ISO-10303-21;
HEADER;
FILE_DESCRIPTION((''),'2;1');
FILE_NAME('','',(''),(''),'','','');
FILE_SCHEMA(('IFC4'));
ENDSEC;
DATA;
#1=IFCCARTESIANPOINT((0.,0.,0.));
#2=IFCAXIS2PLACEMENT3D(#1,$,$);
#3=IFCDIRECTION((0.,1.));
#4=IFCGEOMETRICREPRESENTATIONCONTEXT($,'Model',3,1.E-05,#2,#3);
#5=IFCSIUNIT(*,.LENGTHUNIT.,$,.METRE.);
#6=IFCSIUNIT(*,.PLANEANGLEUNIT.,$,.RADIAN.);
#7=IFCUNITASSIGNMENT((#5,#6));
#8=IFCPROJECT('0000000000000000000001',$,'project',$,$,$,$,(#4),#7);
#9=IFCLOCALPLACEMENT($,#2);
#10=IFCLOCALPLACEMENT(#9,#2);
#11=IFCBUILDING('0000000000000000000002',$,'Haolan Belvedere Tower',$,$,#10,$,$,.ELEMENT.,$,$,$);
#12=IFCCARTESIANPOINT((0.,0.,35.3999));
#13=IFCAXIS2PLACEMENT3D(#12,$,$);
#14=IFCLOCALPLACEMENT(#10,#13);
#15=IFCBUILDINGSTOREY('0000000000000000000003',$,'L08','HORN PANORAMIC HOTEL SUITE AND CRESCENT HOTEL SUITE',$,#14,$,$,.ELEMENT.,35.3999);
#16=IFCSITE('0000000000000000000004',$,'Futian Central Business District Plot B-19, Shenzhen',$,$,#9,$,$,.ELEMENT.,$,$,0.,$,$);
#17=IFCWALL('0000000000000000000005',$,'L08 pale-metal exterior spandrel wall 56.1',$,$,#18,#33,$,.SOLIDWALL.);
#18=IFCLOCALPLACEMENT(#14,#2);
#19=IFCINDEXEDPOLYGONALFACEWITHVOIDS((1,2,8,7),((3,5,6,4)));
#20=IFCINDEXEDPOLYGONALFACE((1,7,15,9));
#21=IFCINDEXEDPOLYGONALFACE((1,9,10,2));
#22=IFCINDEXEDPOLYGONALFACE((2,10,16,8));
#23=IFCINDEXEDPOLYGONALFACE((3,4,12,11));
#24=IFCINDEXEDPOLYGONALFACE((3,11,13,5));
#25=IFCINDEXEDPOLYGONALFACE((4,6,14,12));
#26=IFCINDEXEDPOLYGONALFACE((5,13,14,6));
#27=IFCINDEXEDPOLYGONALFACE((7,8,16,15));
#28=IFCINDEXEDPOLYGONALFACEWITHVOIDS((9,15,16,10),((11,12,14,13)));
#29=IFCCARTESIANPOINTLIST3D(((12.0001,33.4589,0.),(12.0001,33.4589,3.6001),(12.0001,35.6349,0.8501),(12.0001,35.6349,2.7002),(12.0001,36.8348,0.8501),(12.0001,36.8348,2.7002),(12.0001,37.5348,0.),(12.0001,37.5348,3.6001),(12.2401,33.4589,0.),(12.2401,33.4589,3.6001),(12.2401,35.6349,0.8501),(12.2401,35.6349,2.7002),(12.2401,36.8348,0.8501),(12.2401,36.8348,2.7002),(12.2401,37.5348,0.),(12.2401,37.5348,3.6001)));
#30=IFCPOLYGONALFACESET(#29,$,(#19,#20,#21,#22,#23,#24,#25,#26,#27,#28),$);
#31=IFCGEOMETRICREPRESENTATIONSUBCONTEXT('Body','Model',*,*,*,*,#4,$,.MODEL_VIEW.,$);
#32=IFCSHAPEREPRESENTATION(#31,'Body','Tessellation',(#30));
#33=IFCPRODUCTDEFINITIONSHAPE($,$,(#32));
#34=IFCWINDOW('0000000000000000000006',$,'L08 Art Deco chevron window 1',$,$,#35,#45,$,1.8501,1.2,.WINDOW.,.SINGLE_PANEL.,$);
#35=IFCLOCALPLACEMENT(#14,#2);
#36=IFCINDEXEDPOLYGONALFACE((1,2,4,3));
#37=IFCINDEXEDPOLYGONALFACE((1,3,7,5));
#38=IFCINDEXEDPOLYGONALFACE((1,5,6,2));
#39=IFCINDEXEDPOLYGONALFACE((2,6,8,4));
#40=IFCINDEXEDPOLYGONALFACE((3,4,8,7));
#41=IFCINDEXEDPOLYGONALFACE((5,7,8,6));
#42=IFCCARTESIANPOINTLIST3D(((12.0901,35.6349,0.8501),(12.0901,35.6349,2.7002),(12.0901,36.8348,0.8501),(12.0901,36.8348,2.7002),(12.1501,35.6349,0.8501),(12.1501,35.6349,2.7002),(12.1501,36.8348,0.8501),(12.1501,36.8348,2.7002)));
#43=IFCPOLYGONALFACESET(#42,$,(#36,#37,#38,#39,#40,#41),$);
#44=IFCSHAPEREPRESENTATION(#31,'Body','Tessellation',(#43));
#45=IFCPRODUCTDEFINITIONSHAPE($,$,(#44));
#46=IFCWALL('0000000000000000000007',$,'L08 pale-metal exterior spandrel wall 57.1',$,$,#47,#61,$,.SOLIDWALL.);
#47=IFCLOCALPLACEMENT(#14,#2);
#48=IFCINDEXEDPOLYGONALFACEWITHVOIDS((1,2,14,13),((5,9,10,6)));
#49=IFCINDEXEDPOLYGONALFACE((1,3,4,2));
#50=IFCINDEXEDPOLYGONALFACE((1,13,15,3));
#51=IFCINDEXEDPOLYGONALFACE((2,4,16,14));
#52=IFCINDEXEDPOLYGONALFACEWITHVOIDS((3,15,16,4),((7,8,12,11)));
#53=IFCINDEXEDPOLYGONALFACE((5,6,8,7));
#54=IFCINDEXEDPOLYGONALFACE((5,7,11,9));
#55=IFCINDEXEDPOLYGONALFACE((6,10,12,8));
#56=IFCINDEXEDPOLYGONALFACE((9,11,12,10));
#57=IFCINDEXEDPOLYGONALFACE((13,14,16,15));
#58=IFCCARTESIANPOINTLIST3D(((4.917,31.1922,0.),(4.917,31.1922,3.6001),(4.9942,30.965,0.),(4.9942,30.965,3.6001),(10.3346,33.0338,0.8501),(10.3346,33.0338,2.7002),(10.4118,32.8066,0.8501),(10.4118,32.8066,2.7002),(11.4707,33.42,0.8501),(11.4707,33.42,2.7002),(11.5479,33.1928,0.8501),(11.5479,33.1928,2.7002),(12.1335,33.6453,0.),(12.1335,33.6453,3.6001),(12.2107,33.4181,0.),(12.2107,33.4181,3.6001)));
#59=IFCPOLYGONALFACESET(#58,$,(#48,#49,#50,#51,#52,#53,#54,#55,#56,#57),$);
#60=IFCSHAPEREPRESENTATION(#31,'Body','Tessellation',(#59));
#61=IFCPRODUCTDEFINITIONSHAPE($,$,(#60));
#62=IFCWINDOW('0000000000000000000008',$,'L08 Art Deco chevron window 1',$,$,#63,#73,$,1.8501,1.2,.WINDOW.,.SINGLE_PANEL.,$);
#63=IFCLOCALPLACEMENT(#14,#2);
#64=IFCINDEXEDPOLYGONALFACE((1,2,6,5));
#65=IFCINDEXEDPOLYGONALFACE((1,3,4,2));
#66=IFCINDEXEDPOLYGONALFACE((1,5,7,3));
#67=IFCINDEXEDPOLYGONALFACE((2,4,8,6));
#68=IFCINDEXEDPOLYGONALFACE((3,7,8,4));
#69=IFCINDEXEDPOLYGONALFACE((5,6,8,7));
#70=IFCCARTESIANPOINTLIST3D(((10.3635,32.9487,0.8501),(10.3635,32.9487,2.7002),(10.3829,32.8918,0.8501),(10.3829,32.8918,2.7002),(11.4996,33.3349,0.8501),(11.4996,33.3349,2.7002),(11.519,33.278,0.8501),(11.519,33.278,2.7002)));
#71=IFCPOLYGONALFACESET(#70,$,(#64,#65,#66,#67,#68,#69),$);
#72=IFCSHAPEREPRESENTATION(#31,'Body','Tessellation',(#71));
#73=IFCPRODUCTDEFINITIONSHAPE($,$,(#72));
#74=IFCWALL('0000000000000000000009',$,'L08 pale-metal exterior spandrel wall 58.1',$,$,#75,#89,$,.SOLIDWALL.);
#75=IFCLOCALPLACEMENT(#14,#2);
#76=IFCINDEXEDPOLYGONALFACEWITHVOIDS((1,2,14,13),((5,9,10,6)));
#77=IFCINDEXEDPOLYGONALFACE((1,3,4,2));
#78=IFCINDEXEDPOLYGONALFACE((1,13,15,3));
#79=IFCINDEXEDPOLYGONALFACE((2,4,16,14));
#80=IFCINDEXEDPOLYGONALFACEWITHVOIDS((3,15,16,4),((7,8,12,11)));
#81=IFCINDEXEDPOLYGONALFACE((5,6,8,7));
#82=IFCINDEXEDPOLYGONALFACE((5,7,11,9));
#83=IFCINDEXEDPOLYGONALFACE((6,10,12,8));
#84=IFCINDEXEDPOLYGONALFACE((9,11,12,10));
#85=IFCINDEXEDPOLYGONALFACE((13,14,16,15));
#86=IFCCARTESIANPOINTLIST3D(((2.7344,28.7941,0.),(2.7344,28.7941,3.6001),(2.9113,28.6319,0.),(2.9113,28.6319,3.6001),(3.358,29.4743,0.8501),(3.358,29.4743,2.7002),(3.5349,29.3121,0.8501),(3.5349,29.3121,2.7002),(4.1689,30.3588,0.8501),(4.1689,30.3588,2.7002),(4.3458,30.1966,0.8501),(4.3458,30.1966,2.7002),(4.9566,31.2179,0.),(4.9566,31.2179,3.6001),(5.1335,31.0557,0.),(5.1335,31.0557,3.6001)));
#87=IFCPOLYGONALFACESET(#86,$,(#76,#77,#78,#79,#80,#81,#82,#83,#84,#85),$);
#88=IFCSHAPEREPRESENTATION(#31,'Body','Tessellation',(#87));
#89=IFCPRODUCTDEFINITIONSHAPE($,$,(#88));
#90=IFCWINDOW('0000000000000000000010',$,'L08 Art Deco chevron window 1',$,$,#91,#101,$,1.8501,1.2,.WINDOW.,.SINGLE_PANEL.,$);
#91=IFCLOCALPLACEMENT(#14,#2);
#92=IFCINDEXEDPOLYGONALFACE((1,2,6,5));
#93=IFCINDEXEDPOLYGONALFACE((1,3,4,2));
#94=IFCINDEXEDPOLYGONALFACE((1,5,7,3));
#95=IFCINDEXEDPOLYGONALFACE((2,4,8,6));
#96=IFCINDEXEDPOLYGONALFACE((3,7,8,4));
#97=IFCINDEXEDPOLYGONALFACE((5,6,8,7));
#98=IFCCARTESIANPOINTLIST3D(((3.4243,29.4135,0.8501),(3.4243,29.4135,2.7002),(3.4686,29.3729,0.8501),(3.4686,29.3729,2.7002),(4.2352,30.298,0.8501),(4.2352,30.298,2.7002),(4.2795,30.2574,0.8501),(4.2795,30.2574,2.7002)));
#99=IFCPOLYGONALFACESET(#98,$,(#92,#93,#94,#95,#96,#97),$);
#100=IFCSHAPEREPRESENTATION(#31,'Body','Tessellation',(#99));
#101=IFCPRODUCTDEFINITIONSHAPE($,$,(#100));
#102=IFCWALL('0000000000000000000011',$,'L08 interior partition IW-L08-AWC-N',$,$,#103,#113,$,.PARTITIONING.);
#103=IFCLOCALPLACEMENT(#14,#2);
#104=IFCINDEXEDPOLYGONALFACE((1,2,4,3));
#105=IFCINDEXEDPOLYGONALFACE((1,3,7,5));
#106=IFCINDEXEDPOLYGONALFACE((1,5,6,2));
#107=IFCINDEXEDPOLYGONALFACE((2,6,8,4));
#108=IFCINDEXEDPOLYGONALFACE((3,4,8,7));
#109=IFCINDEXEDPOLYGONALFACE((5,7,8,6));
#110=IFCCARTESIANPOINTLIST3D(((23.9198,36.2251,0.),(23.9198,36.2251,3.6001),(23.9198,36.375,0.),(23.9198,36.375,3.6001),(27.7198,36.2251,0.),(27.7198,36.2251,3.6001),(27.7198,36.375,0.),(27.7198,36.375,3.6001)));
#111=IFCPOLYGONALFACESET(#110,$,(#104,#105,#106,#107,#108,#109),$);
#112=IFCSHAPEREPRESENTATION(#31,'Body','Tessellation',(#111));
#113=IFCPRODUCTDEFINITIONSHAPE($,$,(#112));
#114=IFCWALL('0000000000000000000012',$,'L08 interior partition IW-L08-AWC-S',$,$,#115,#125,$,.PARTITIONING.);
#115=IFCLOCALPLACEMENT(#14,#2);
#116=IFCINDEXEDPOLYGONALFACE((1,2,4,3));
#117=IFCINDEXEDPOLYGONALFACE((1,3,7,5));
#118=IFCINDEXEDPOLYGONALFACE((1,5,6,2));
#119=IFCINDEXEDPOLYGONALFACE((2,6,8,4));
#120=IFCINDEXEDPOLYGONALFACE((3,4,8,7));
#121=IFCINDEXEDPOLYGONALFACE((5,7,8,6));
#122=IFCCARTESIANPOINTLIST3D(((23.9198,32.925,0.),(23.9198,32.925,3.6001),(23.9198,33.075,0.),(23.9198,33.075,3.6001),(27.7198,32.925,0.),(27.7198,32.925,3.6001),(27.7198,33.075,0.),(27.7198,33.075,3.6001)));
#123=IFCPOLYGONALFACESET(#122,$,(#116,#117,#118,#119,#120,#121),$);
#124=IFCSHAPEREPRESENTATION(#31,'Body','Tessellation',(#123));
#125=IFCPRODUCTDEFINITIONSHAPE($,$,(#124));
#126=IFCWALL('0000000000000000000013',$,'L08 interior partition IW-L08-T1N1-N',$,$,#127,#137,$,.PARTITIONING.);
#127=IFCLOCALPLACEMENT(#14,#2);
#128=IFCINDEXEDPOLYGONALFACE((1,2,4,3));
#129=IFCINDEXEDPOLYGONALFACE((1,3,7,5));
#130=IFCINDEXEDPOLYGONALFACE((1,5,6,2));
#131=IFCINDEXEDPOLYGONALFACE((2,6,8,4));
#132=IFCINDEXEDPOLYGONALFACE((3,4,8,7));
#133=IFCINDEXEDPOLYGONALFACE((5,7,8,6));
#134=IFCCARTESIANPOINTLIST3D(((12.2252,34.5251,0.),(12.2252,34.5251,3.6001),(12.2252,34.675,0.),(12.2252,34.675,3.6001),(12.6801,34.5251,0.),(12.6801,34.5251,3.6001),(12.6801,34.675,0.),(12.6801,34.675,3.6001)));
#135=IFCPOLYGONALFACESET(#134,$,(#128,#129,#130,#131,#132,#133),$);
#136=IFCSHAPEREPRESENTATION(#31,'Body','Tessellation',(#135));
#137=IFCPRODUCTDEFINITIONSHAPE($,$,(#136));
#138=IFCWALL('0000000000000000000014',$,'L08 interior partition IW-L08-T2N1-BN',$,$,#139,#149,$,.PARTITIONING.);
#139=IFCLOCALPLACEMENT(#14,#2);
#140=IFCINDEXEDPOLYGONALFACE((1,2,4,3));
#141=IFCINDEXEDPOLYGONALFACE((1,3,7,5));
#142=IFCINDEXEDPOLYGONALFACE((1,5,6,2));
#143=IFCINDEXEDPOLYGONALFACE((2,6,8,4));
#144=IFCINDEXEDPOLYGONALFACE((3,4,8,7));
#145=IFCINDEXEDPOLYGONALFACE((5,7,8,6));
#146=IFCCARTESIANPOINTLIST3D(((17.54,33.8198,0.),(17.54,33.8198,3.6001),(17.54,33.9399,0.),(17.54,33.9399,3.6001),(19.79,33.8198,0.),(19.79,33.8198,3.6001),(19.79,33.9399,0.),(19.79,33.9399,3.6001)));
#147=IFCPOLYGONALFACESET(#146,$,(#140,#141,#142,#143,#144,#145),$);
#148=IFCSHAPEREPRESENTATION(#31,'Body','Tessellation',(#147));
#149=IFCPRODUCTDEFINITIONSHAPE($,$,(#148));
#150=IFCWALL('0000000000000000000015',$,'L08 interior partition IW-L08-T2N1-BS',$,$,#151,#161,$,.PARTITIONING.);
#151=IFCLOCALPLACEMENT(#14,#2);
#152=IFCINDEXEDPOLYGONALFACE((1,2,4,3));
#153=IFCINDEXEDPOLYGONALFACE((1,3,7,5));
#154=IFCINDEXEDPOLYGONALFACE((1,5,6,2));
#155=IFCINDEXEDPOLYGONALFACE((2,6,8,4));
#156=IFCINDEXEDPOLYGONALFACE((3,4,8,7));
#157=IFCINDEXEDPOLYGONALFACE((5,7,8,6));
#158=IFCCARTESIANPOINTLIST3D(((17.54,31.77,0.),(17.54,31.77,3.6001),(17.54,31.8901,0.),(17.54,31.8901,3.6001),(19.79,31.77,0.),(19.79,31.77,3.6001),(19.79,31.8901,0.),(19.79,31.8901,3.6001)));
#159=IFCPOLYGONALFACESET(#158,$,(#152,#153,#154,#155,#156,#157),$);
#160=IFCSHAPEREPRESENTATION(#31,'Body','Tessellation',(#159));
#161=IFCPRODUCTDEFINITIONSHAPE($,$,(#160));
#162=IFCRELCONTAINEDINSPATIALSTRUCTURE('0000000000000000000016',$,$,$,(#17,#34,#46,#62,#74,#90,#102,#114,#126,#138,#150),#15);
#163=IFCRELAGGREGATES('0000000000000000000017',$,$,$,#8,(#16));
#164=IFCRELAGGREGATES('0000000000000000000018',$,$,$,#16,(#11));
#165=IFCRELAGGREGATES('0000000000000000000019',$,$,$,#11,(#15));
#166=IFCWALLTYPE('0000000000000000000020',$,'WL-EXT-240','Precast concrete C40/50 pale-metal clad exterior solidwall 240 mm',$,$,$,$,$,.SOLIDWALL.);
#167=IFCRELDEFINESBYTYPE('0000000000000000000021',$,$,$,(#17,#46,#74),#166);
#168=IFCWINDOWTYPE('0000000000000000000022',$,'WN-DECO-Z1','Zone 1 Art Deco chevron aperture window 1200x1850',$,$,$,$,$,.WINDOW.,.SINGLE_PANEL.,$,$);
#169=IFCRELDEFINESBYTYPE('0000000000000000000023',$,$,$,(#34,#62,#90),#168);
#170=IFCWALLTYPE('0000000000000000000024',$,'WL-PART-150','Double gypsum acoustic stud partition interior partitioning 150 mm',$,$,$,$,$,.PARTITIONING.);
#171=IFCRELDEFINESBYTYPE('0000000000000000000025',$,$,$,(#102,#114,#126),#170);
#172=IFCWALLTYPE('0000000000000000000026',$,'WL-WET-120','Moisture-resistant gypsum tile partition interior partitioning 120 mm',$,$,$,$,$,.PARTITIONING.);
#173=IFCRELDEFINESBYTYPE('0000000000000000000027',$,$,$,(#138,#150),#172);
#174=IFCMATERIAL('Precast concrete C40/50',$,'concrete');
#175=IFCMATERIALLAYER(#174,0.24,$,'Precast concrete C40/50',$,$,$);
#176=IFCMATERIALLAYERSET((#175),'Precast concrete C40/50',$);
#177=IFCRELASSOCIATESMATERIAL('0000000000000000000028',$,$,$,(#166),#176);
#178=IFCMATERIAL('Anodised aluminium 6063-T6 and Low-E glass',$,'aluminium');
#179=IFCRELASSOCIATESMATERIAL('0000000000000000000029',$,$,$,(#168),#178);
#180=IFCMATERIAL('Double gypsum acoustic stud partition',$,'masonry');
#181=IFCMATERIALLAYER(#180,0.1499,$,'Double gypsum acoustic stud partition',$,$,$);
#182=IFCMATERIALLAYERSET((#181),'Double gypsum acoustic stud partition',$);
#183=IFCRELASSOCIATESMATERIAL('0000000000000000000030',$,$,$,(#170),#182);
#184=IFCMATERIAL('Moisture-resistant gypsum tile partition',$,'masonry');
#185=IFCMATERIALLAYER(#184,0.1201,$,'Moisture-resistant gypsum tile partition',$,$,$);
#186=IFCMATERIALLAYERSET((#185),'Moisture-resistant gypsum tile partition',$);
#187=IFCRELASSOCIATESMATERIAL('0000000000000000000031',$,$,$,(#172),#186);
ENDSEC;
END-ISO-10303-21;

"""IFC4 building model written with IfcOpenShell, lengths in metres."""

from ifc_helpers import new_model, si_unit, direction, frame, frame_2d, origin, place, context, subcontext, project, spatial, rectangle, extrude, material, layer, layer_set, type_object, element, fill, save


model = new_model("IFC4")

# Units and contexts
model_context = context("Model", 3, precision=1e-05, world=origin(), true_north=direction((0.0, 1.0)))
body_context = subcontext(model_context, "Body", "Model", "MODEL_VIEW")
ifc_project = project(units=[si_unit("LENGTHUNIT", "METRE"), si_unit("PLANEANGLEUNIT", "RADIAN")], contexts=[model_context])

# Site, building, storey
site_placement = place(None, origin())
site = spatial("IfcSite", under=ifc_project, at=site_placement, Name="Futian Central Business District Plot B-19, Shenzhen", CompositionType="ELEMENT", RefElevation=0.0)
building_placement = place(site_placement, origin())
building = spatial("IfcBuilding", under=site, at=building_placement, Name="Haolan Belvedere Tower", CompositionType="ELEMENT")
storey_placement = place(building_placement, frame((0.0, 0.0, 35.3999)))
storey = spatial("IfcBuildingStorey", under=building, at=storey_placement, Name="L08", Description="HORN PANORAMIC HOTEL SUITE AND CRESCENT HOTEL SUITE", CompositionType="ELEMENT", Elevation=35.3999)

# Shared definitions
ifc_material_1 = material(Name="Precast concrete C40/50", Category="concrete")
ifc_layer_1 = layer(ifc_material_1, 0.24, Name="Precast concrete C40/50")
ifc_layer_set_1 = layer_set([ifc_layer_1], Name="Precast concrete C40/50")
wall_type_1 = type_object("IfcWallType", Name="WL-EXT-240", Description="Precast concrete C40/50 pale-metal clad exterior solidwall 240 mm", PredefinedType="SOLIDWALL", material=ifc_layer_set_1)

# Shared definitions
ifc_material_2 = material(Name="Anodised aluminium 6063-T6 and Low-E glass", Category="aluminium")
window_type = type_object("IfcWindowType", Name="WN-DECO-Z1", Description="Zone 1 Art Deco chevron aperture window 1200x1850", PartitioningType="SINGLE_PANEL", PredefinedType="WINDOW", material=ifc_material_2)

# Walls, openings, windows
wall_1_placement = place(storey_placement, frame((12.1201, 37.5349, 0.0), z_axis=(0.0, 0.0, 1.0), x_axis=(0.0, -1.0, 0.0)))
wall_1 = element("IfcWall", 1, at=wall_1_placement, inside=storey, type_object=wall_type_1, Name="L08 pale-metal exterior spandrel wall 56.1", PredefinedType="SOLIDWALL", context=body_context, shape_type="SweptSolid", body=[
    extrude(rectangle(XDim=4.0759, YDim=0.24, at=frame_2d((2.0381, 0.0))), origin(), (0.0, 0.0, 1.0), 3.6001),
])
opening_1_placement = place(wall_1_placement, frame((0.7, 0.0, 0.8501)))
opening_1 = element("IfcOpeningElement", 2, at=opening_1_placement, cuts=wall_1, PredefinedType="OPENING", context=body_context, shape_type="SweptSolid", body=[
    extrude(rectangle(XDim=1.2, YDim=1.8501, at=frame_2d((0.6001, 0.925))), frame((0.0, 0.1299, 0.0), z_axis=(0.0, -1.0, 0.0), x_axis=(1.0, 0.0, 0.0)), (0.0, 0.0, 1.0), 0.26),
])
window_1_placement = place(opening_1_placement, origin())
window_1 = element("IfcWindow", 3, at=window_1_placement, inside=storey, type_object=window_type, Name="L08 Art Deco chevron window 1", OverallHeight=1.8501, OverallWidth=1.2, PartitioningType="SINGLE_PANEL", PredefinedType="WINDOW", context=body_context, shape_type="SweptSolid", body=[
    extrude(rectangle(XDim=1.2, YDim=1.8501, at=frame_2d((0.6001, 0.925))), frame((0.0, 0.03, 0.0), z_axis=(0.0, -1.0, 0.0), x_axis=(1.0, 0.0, 0.0)), (0.0, 0.0, 1.0), 0.0601),
])
fill(opening_1, window_1)
wall_2_placement = place(storey_placement, frame((12.1721, 33.5317, 0.0), z_axis=(0.0, 0.0, 1.0), x_axis=(-0.946793, -0.321844, 0.0)))
wall_2 = element("IfcWall", 4, at=wall_2_placement, inside=storey, type_object=wall_type_1, Name="L08 pale-metal exterior spandrel wall 57.1", PredefinedType="SOLIDWALL", context=body_context, shape_type="SweptSolid", body=[
    extrude(rectangle(XDim=7.6221, YDim=0.24, at=frame_2d((3.811, 0.0))), origin(), (0.0, 0.0, 1.0), 3.6001),
])
opening_2_placement = place(wall_2_placement, frame((0.7, 0.0, 0.8501)))
opening_2 = element("IfcOpeningElement", 5, at=opening_2_placement, cuts=wall_2, PredefinedType="OPENING", context=body_context, shape_type="SweptSolid", body=[
    extrude(rectangle(XDim=1.2, YDim=1.8501, at=frame_2d((0.6001, 0.925))), frame((0.0, 0.1299, 0.0), z_axis=(0.0, -1.0, 0.0), x_axis=(1.0, 0.0, 0.0)), (0.0, 0.0, 1.0), 0.26),
])
window_2_placement = place(opening_2_placement, origin())
window_2 = element("IfcWindow", 6, at=window_2_placement, inside=storey, type_object=window_type, Name="L08 Art Deco chevron window 1", OverallHeight=1.8501, OverallWidth=1.2, PartitioningType="SINGLE_PANEL", PredefinedType="WINDOW", context=body_context, shape_type="SweptSolid", body=[
    extrude(rectangle(XDim=1.2, YDim=1.8501, at=frame_2d((0.6001, 0.925))), frame((0.0, 0.03, 0.0), z_axis=(0.0, -1.0, 0.0), x_axis=(1.0, 0.0, 0.0)), (0.0, 0.0, 1.0), 0.0601),
])
fill(opening_2, window_2)
wall_3_placement = place(storey_placement, frame((5.0449, 31.1367, 0.0), z_axis=(0.0, 0.0, 1.0), x_axis=(-0.675778, -0.737105, 0.0)))
wall_3 = element("IfcWall", 7, at=wall_3_placement, inside=storey, type_object=wall_type_1, Name="L08 pale-metal exterior spandrel wall 58.1", PredefinedType="SOLIDWALL", context=body_context, shape_type="SweptSolid", body=[
    extrude(rectangle(XDim=3.2883, YDim=0.24, at=frame_2d((1.644, 0.0))), origin(), (0.0, 0.0, 1.0), 3.6001),
])
opening_3_placement = place(wall_3_placement, frame((1.1653, 0.0, 0.8501)))
opening_3 = element("IfcOpeningElement", 8, at=opening_3_placement, cuts=wall_3, PredefinedType="OPENING", context=body_context, shape_type="SweptSolid", body=[
    extrude(rectangle(XDim=1.2, YDim=1.8501, at=frame_2d((0.6001, 0.925))), frame((0.0, 0.1299, 0.0), z_axis=(0.0, -1.0, 0.0), x_axis=(1.0, 0.0, 0.0)), (0.0, 0.0, 1.0), 0.26),
])
window_3_placement = place(opening_3_placement, origin())
window_3 = element("IfcWindow", 9, at=window_3_placement, inside=storey, type_object=window_type, Name="L08 Art Deco chevron window 1", OverallHeight=1.8501, OverallWidth=1.2, PartitioningType="SINGLE_PANEL", PredefinedType="WINDOW", context=body_context, shape_type="SweptSolid", body=[
    extrude(rectangle(XDim=1.2, YDim=1.8501, at=frame_2d((0.6001, 0.925))), frame((0.0, 0.03, 0.0), z_axis=(0.0, -1.0, 0.0), x_axis=(1.0, 0.0, 0.0)), (0.0, 0.0, 1.0), 0.0601),
])
fill(opening_3, window_3)

# Walls
ifc_material_3 = material(Name="Double gypsum acoustic stud partition", Category="masonry")
ifc_layer_2 = layer(ifc_material_3, 0.1499, Name="Double gypsum acoustic stud partition")
ifc_layer_set_2 = layer_set([ifc_layer_2], Name="Double gypsum acoustic stud partition")
wall_type_2 = type_object("IfcWallType", Name="WL-PART-150", Description="Double gypsum acoustic stud partition interior partitioning 150 mm", PredefinedType="PARTITIONING", material=ifc_layer_set_2)
for number, where, z_axis, x_axis, name in (
    (10, (23.9199, 36.3, 0.0), (0.0, 0.0, 1.0), (1.0, 0.0, 0.0), "L08 interior partition IW-L08-AWC-N"),
    (11, (23.9199, 33.0, 0.0), (0.0, 0.0, 1.0), (1.0, 0.0, 0.0), "L08 interior partition IW-L08-AWC-S"),
):
    element("IfcWall", number, at=place(storey_placement, frame(where, z_axis=z_axis, x_axis=x_axis)), inside=storey, type_object=wall_type_2, Name=name, PredefinedType="PARTITIONING", context=body_context, shape_type="SweptSolid", body=[
        extrude(rectangle(XDim=3.8, YDim=0.1499, at=frame_2d((1.8999, 0.0))), origin(), (0.0, 0.0, 1.0), 3.6001),
    ])
wall_4_placement = place(storey_placement, frame((12.2251, 34.6001, 0.0), z_axis=(0.0, 0.0, 1.0), x_axis=(1.0, 0.0, 0.0)))
element("IfcWall", 12, at=wall_4_placement, inside=storey, type_object=wall_type_2, Name="L08 interior partition IW-L08-T1N1-N", PredefinedType="PARTITIONING", context=body_context, shape_type="SweptSolid", body=[
    extrude(rectangle(XDim=0.4548, YDim=0.1499, at=frame_2d((0.2275, 0.0))), origin(), (0.0, 0.0, 1.0), 3.6001),
])
ifc_material_4 = material(Name="Moisture-resistant gypsum tile partition", Category="masonry")
ifc_layer_3 = layer(ifc_material_4, 0.1201, Name="Moisture-resistant gypsum tile partition")
ifc_layer_set_3 = layer_set([ifc_layer_3], Name="Moisture-resistant gypsum tile partition")
wall_type_3 = type_object("IfcWallType", Name="WL-WET-120", Description="Moisture-resistant gypsum tile partition interior partitioning 120 mm", PredefinedType="PARTITIONING", material=ifc_layer_set_3)
for number, where, z_axis, x_axis, name in (
    (13, (17.54, 33.8799, 0.0), (0.0, 0.0, 1.0), (1.0, 0.0, 0.0), "L08 interior partition IW-L08-T2N1-BN"),
    (14, (17.54, 31.8301, 0.0), (0.0, 0.0, 1.0), (1.0, 0.0, 0.0), "L08 interior partition IW-L08-T2N1-BS"),
):
    element("IfcWall", number, at=place(storey_placement, frame(where, z_axis=z_axis, x_axis=x_axis)), inside=storey, type_object=wall_type_3, Name=name, PredefinedType="PARTITIONING", context=body_context, shape_type="SweptSolid", body=[
        extrude(rectangle(XDim=2.25, YDim=0.1201, at=frame_2d((1.125, 0.0))), origin(), (0.0, 0.0, 1.0), 3.6001),
    ])

save(model, "model.ifc")
